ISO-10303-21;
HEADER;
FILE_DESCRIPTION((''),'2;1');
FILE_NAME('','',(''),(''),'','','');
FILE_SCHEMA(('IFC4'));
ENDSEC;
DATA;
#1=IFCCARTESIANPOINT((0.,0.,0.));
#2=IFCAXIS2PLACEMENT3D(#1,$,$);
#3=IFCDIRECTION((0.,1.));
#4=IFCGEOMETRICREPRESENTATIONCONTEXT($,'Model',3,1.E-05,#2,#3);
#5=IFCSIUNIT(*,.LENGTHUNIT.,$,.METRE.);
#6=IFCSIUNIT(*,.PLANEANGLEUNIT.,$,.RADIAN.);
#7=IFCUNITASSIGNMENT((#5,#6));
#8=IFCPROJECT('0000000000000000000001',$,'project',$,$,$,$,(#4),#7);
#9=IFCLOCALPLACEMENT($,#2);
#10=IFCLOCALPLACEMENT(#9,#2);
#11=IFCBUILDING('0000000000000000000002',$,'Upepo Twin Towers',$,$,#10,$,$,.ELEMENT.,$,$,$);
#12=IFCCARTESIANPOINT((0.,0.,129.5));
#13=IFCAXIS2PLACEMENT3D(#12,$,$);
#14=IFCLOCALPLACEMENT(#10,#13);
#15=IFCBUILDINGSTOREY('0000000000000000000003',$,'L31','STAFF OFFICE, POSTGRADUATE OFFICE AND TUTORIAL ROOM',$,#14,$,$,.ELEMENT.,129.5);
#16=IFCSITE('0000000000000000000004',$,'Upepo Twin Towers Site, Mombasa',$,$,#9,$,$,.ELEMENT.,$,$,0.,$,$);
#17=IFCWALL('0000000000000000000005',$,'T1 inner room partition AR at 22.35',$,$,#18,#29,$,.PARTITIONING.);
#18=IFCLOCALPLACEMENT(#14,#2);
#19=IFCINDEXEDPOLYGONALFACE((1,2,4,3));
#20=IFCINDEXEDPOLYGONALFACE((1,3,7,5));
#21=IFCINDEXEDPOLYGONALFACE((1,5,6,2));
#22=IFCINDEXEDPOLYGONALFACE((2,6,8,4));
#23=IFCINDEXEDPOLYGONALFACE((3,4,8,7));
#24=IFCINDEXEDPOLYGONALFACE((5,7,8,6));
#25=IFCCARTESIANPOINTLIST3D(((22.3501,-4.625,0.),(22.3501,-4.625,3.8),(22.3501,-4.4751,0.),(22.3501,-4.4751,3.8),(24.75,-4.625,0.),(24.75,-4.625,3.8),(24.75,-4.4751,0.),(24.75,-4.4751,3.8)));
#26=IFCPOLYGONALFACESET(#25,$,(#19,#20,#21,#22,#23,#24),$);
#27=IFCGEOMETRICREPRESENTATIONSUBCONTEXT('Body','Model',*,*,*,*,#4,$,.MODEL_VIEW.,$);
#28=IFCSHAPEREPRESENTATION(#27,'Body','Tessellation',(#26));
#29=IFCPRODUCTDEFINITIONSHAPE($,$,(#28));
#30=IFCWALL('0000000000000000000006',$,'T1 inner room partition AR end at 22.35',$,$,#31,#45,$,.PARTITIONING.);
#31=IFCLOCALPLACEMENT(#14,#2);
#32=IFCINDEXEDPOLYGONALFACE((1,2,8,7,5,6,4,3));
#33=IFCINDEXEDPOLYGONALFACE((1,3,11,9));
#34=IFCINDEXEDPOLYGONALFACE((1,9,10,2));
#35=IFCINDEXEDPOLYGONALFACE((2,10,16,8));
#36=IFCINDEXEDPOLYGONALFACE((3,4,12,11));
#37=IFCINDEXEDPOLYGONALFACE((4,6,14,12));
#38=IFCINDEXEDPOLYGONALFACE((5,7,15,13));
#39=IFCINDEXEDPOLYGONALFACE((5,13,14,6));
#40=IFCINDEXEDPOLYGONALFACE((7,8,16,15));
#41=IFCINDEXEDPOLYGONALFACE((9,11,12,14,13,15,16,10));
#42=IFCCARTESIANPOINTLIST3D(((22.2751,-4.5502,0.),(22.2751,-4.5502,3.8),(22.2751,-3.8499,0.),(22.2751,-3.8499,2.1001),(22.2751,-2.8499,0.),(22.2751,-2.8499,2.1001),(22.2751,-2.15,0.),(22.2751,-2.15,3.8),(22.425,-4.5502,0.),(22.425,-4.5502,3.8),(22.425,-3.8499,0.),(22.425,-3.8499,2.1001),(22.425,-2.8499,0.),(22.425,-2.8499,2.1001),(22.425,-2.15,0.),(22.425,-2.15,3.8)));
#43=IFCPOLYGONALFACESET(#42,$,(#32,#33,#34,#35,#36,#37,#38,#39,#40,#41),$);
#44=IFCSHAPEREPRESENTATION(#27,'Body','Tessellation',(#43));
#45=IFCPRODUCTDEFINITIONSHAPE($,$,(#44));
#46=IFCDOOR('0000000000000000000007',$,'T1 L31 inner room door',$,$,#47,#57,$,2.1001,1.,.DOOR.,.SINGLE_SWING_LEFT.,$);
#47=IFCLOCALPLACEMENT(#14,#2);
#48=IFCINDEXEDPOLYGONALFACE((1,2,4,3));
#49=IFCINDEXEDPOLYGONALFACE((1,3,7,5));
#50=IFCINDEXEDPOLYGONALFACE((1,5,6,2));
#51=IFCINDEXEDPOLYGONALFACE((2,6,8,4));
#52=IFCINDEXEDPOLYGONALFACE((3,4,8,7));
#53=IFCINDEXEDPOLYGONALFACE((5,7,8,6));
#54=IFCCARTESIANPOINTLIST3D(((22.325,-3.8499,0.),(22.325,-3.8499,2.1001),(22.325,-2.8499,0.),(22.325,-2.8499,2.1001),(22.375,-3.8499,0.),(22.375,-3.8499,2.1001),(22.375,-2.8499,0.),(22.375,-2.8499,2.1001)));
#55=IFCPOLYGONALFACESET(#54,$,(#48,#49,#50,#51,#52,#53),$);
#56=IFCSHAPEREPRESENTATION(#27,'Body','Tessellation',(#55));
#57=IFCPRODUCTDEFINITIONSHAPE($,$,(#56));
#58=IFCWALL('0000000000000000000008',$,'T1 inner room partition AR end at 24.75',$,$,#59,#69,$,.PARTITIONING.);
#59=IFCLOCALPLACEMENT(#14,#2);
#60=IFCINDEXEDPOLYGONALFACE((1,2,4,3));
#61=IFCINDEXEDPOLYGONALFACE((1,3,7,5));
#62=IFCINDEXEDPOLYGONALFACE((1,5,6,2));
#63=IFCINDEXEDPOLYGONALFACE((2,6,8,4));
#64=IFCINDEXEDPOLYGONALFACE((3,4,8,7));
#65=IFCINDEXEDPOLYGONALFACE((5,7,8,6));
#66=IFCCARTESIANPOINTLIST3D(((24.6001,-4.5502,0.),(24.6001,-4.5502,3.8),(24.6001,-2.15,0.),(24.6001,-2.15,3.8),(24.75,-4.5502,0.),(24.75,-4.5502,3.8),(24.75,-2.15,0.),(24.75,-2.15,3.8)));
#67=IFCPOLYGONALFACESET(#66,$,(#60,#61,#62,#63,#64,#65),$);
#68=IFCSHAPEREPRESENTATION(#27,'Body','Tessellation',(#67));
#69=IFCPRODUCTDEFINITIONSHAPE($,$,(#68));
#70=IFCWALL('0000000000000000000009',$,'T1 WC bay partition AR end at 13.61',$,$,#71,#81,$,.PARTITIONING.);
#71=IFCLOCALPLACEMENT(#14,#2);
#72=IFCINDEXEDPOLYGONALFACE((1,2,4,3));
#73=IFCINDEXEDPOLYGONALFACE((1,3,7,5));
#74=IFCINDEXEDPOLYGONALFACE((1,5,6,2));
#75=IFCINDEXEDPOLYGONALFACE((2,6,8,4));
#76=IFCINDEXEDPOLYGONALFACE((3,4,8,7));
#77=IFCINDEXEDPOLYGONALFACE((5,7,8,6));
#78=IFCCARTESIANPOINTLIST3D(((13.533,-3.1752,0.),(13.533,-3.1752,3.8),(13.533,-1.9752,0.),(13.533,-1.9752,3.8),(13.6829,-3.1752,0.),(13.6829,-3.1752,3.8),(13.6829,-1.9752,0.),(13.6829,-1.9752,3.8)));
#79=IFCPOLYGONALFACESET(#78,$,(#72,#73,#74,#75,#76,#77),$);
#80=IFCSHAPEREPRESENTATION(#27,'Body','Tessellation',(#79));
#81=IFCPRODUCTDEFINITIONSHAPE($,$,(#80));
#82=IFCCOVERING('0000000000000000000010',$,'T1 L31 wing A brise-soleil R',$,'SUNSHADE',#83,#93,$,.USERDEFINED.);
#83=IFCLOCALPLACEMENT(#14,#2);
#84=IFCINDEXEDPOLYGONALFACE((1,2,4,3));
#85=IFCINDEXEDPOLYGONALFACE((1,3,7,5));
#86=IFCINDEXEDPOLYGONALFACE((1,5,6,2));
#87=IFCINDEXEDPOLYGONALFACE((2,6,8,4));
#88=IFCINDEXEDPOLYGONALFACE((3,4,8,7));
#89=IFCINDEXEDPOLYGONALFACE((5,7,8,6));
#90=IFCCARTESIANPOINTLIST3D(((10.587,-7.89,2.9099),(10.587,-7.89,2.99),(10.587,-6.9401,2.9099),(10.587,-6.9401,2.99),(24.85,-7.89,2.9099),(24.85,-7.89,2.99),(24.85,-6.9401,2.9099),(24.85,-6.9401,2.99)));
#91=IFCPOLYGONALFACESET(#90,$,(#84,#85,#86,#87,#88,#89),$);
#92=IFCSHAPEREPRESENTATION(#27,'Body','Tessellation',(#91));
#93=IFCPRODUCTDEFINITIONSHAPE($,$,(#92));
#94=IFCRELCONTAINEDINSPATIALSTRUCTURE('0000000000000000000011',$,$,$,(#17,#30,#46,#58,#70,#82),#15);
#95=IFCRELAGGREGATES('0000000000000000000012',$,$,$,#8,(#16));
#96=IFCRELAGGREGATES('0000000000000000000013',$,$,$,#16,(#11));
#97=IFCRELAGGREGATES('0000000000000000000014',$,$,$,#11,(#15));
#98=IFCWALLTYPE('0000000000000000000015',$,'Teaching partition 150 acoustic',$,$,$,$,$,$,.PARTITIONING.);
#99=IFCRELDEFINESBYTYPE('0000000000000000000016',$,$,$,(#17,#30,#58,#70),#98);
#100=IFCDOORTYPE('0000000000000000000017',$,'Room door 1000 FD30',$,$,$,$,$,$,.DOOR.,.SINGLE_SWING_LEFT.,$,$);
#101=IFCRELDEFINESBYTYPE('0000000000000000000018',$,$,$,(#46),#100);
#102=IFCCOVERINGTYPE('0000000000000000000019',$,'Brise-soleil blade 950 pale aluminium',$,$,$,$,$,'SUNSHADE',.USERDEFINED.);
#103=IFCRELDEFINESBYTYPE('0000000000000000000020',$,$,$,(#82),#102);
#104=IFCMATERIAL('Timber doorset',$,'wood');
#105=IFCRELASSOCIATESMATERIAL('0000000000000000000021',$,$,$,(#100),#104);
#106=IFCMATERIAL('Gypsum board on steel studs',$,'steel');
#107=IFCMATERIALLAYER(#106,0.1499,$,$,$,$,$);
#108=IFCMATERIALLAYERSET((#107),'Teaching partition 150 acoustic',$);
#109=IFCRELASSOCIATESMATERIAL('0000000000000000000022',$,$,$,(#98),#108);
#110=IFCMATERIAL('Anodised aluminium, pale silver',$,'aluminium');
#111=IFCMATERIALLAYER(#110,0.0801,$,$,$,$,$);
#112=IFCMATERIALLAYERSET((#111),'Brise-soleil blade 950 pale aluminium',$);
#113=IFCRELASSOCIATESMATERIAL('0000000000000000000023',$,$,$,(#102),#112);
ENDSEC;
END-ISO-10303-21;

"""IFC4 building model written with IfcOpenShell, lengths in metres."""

from ifc_helpers import new_model, si_unit, direction, frame, frame_2d, origin, origin_2d, place, context, subcontext, project, spatial, rectangle, extrude, material, layer, layer_set, type_object, element, fill, save


model = new_model("IFC4")

# Units and contexts
model_context = context("Model", 3, precision=1e-05, world=origin(), true_north=direction((0.0, 1.0)))
body_context = subcontext(model_context, "Body", "Model", "MODEL_VIEW")
ifc_project = project(units=[si_unit("LENGTHUNIT", "METRE"), si_unit("PLANEANGLEUNIT", "RADIAN")], contexts=[model_context])

# Site, building, storey
site_placement = place(None, origin())
site = spatial("IfcSite", under=ifc_project, at=site_placement, Name="Upepo Twin Towers Site, Mombasa", CompositionType="ELEMENT", RefElevation=0.0)
building_placement = place(site_placement, origin())
building = spatial("IfcBuilding", under=site, at=building_placement, Name="Upepo Twin Towers", CompositionType="ELEMENT")
storey_placement = place(building_placement, frame((0.0, 0.0, 129.5)))
storey = spatial("IfcBuildingStorey", under=building, at=storey_placement, Name="L31", Description="STAFF OFFICE, POSTGRADUATE OFFICE AND TUTORIAL ROOM", CompositionType="ELEMENT", Elevation=129.5)

# Shared definitions
ifc_material_1 = material(Name="Timber doorset", Category="wood")
door_type_1 = type_object("IfcDoorType", Name="Room door 1000 FD30", OperationType="SINGLE_SWING_LEFT", PredefinedType="DOOR", material=ifc_material_1)

# Wall
ifc_material_2 = material(Name="Gypsum board on steel studs", Category="steel")
ifc_layer_1 = layer(ifc_material_2, 0.1499)
ifc_layer_set_1 = layer_set([ifc_layer_1], Name="Teaching partition 150 acoustic")
wall_type_1 = type_object("IfcWallType", Name="Teaching partition 150 acoustic", PredefinedType="PARTITIONING", material=ifc_layer_set_1)
wall_1_placement = place(storey_placement, frame((22.3501, -4.55, 0.0), z_axis=(0.0, 0.0, 1.0), x_axis=(1.0, 0.0, 0.0)))
element("IfcWall", 1, at=wall_1_placement, inside=storey, type_object=wall_type_1, Name="T1 inner room partition AR at 22.35", PredefinedType="PARTITIONING", context=body_context, shape_type="SweptSolid", body=[
    extrude(rectangle(XDim=2.3999, YDim=0.1499, at=frame_2d((1.2, 0.0))), origin(), (0.0, 0.0, 1.0), 3.8),
])

# Wall, opening, door
wall_2_placement = place(storey_placement, frame((22.3501, -2.1499, 0.0), z_axis=(0.0, 0.0, 1.0), x_axis=(0.0, -1.0, 0.0)))
wall_2 = element("IfcWall", 2, at=wall_2_placement, inside=storey, type_object=wall_type_1, Name="T1 inner room partition AR end at 22.35", PredefinedType="PARTITIONING", context=body_context, shape_type="SweptSolid", body=[
    extrude(rectangle(XDim=2.4001, YDim=0.1499, at=frame_2d((1.2002, 0.0))), origin(), (0.0, 0.0, 1.0), 3.8),
])
opening_1_placement = place(wall_2_placement, frame((0.7, 0.0, 0.0)))
opening_1 = element("IfcOpeningElement", 3, at=opening_1_placement, cuts=wall_2, PredefinedType="OPENING", context=body_context, shape_type="SweptSolid", body=[
    extrude(rectangle(XDim=1.0, YDim=2.1001, at=frame_2d((0.5, 1.05))), frame((0.0, 0.085, 0.0), z_axis=(0.0, -1.0, 0.0), x_axis=(1.0, 0.0, 0.0)), (0.0, 0.0, 1.0), 0.1699),
])
door_1_placement = place(opening_1_placement, origin())
door_1 = element("IfcDoor", 4, at=door_1_placement, inside=storey, type_object=door_type_1, Name="T1 L31 inner room door", OperationType="SINGLE_SWING_LEFT", OverallHeight=2.1001, OverallWidth=1.0, PredefinedType="DOOR", context=body_context, shape_type="SweptSolid", body=[
    extrude(rectangle(XDim=1.0, YDim=2.1001, at=frame_2d((0.5, 1.05))), frame((0.0, 0.0249, 0.0), z_axis=(0.0, -1.0, 0.0), x_axis=(1.0, 0.0, 0.0)), (0.0, 0.0, 1.0), 0.05),
])
fill(opening_1, door_1)

# Walls
wall_3_placement = place(storey_placement, frame((24.675, -2.1499, 0.0), z_axis=(0.0, 0.0, 1.0), x_axis=(0.0, -1.0, 0.0)))
element("IfcWall", 5, at=wall_3_placement, inside=storey, type_object=wall_type_1, Name="T1 inner room partition AR end at 24.75", PredefinedType="PARTITIONING", context=body_context, shape_type="SweptSolid", body=[
    extrude(rectangle(XDim=2.4001, YDim=0.1499, at=frame_2d((1.2002, 0.0))), origin(), (0.0, 0.0, 1.0), 3.8),
])
wall_4_placement = place(storey_placement, frame((13.6079, -1.9751, 0.0), z_axis=(0.0, 0.0, 1.0), x_axis=(0.0, -1.0, 0.0)))
element("IfcWall", 6, at=wall_4_placement, inside=storey, type_object=wall_type_1, Name="T1 WC bay partition AR end at 13.61", PredefinedType="PARTITIONING", context=body_context, shape_type="SweptSolid", body=[
    extrude(rectangle(XDim=1.2, YDim=0.1499, at=frame_2d((0.6001, 0.0))), origin(), (0.0, 0.0, 1.0), 3.8),
])

# Covering
ifc_material_3 = material(Name="Anodised aluminium, pale silver", Category="aluminium")
ifc_layer_2 = layer(ifc_material_3, 0.0801)
ifc_layer_set_2 = layer_set([ifc_layer_2], Name="Brise-soleil blade 950 pale aluminium")
covering_type = type_object("IfcCoveringType", Name="Brise-soleil blade 950 pale aluminium", ElementType="SUNSHADE", PredefinedType="USERDEFINED", material=ifc_layer_set_2)
covering_placement = place(storey_placement, frame((17.7185, -7.415, 2.9099), z_axis=(0.0, 0.0, 1.0), x_axis=(1.0, 0.0, 0.0)))
element("IfcCovering", 7, at=covering_placement, inside=storey, type_object=covering_type, Name="T1 L31 wing A brise-soleil R", ObjectType="SUNSHADE", PredefinedType="USERDEFINED", context=body_context, shape_type="SweptSolid", body=[
    extrude(rectangle(XDim=14.2629, YDim=0.95, at=origin_2d()), origin(), (0.0, 0.0, 1.0), 0.0801),
])

save(model, "model.ifc")
